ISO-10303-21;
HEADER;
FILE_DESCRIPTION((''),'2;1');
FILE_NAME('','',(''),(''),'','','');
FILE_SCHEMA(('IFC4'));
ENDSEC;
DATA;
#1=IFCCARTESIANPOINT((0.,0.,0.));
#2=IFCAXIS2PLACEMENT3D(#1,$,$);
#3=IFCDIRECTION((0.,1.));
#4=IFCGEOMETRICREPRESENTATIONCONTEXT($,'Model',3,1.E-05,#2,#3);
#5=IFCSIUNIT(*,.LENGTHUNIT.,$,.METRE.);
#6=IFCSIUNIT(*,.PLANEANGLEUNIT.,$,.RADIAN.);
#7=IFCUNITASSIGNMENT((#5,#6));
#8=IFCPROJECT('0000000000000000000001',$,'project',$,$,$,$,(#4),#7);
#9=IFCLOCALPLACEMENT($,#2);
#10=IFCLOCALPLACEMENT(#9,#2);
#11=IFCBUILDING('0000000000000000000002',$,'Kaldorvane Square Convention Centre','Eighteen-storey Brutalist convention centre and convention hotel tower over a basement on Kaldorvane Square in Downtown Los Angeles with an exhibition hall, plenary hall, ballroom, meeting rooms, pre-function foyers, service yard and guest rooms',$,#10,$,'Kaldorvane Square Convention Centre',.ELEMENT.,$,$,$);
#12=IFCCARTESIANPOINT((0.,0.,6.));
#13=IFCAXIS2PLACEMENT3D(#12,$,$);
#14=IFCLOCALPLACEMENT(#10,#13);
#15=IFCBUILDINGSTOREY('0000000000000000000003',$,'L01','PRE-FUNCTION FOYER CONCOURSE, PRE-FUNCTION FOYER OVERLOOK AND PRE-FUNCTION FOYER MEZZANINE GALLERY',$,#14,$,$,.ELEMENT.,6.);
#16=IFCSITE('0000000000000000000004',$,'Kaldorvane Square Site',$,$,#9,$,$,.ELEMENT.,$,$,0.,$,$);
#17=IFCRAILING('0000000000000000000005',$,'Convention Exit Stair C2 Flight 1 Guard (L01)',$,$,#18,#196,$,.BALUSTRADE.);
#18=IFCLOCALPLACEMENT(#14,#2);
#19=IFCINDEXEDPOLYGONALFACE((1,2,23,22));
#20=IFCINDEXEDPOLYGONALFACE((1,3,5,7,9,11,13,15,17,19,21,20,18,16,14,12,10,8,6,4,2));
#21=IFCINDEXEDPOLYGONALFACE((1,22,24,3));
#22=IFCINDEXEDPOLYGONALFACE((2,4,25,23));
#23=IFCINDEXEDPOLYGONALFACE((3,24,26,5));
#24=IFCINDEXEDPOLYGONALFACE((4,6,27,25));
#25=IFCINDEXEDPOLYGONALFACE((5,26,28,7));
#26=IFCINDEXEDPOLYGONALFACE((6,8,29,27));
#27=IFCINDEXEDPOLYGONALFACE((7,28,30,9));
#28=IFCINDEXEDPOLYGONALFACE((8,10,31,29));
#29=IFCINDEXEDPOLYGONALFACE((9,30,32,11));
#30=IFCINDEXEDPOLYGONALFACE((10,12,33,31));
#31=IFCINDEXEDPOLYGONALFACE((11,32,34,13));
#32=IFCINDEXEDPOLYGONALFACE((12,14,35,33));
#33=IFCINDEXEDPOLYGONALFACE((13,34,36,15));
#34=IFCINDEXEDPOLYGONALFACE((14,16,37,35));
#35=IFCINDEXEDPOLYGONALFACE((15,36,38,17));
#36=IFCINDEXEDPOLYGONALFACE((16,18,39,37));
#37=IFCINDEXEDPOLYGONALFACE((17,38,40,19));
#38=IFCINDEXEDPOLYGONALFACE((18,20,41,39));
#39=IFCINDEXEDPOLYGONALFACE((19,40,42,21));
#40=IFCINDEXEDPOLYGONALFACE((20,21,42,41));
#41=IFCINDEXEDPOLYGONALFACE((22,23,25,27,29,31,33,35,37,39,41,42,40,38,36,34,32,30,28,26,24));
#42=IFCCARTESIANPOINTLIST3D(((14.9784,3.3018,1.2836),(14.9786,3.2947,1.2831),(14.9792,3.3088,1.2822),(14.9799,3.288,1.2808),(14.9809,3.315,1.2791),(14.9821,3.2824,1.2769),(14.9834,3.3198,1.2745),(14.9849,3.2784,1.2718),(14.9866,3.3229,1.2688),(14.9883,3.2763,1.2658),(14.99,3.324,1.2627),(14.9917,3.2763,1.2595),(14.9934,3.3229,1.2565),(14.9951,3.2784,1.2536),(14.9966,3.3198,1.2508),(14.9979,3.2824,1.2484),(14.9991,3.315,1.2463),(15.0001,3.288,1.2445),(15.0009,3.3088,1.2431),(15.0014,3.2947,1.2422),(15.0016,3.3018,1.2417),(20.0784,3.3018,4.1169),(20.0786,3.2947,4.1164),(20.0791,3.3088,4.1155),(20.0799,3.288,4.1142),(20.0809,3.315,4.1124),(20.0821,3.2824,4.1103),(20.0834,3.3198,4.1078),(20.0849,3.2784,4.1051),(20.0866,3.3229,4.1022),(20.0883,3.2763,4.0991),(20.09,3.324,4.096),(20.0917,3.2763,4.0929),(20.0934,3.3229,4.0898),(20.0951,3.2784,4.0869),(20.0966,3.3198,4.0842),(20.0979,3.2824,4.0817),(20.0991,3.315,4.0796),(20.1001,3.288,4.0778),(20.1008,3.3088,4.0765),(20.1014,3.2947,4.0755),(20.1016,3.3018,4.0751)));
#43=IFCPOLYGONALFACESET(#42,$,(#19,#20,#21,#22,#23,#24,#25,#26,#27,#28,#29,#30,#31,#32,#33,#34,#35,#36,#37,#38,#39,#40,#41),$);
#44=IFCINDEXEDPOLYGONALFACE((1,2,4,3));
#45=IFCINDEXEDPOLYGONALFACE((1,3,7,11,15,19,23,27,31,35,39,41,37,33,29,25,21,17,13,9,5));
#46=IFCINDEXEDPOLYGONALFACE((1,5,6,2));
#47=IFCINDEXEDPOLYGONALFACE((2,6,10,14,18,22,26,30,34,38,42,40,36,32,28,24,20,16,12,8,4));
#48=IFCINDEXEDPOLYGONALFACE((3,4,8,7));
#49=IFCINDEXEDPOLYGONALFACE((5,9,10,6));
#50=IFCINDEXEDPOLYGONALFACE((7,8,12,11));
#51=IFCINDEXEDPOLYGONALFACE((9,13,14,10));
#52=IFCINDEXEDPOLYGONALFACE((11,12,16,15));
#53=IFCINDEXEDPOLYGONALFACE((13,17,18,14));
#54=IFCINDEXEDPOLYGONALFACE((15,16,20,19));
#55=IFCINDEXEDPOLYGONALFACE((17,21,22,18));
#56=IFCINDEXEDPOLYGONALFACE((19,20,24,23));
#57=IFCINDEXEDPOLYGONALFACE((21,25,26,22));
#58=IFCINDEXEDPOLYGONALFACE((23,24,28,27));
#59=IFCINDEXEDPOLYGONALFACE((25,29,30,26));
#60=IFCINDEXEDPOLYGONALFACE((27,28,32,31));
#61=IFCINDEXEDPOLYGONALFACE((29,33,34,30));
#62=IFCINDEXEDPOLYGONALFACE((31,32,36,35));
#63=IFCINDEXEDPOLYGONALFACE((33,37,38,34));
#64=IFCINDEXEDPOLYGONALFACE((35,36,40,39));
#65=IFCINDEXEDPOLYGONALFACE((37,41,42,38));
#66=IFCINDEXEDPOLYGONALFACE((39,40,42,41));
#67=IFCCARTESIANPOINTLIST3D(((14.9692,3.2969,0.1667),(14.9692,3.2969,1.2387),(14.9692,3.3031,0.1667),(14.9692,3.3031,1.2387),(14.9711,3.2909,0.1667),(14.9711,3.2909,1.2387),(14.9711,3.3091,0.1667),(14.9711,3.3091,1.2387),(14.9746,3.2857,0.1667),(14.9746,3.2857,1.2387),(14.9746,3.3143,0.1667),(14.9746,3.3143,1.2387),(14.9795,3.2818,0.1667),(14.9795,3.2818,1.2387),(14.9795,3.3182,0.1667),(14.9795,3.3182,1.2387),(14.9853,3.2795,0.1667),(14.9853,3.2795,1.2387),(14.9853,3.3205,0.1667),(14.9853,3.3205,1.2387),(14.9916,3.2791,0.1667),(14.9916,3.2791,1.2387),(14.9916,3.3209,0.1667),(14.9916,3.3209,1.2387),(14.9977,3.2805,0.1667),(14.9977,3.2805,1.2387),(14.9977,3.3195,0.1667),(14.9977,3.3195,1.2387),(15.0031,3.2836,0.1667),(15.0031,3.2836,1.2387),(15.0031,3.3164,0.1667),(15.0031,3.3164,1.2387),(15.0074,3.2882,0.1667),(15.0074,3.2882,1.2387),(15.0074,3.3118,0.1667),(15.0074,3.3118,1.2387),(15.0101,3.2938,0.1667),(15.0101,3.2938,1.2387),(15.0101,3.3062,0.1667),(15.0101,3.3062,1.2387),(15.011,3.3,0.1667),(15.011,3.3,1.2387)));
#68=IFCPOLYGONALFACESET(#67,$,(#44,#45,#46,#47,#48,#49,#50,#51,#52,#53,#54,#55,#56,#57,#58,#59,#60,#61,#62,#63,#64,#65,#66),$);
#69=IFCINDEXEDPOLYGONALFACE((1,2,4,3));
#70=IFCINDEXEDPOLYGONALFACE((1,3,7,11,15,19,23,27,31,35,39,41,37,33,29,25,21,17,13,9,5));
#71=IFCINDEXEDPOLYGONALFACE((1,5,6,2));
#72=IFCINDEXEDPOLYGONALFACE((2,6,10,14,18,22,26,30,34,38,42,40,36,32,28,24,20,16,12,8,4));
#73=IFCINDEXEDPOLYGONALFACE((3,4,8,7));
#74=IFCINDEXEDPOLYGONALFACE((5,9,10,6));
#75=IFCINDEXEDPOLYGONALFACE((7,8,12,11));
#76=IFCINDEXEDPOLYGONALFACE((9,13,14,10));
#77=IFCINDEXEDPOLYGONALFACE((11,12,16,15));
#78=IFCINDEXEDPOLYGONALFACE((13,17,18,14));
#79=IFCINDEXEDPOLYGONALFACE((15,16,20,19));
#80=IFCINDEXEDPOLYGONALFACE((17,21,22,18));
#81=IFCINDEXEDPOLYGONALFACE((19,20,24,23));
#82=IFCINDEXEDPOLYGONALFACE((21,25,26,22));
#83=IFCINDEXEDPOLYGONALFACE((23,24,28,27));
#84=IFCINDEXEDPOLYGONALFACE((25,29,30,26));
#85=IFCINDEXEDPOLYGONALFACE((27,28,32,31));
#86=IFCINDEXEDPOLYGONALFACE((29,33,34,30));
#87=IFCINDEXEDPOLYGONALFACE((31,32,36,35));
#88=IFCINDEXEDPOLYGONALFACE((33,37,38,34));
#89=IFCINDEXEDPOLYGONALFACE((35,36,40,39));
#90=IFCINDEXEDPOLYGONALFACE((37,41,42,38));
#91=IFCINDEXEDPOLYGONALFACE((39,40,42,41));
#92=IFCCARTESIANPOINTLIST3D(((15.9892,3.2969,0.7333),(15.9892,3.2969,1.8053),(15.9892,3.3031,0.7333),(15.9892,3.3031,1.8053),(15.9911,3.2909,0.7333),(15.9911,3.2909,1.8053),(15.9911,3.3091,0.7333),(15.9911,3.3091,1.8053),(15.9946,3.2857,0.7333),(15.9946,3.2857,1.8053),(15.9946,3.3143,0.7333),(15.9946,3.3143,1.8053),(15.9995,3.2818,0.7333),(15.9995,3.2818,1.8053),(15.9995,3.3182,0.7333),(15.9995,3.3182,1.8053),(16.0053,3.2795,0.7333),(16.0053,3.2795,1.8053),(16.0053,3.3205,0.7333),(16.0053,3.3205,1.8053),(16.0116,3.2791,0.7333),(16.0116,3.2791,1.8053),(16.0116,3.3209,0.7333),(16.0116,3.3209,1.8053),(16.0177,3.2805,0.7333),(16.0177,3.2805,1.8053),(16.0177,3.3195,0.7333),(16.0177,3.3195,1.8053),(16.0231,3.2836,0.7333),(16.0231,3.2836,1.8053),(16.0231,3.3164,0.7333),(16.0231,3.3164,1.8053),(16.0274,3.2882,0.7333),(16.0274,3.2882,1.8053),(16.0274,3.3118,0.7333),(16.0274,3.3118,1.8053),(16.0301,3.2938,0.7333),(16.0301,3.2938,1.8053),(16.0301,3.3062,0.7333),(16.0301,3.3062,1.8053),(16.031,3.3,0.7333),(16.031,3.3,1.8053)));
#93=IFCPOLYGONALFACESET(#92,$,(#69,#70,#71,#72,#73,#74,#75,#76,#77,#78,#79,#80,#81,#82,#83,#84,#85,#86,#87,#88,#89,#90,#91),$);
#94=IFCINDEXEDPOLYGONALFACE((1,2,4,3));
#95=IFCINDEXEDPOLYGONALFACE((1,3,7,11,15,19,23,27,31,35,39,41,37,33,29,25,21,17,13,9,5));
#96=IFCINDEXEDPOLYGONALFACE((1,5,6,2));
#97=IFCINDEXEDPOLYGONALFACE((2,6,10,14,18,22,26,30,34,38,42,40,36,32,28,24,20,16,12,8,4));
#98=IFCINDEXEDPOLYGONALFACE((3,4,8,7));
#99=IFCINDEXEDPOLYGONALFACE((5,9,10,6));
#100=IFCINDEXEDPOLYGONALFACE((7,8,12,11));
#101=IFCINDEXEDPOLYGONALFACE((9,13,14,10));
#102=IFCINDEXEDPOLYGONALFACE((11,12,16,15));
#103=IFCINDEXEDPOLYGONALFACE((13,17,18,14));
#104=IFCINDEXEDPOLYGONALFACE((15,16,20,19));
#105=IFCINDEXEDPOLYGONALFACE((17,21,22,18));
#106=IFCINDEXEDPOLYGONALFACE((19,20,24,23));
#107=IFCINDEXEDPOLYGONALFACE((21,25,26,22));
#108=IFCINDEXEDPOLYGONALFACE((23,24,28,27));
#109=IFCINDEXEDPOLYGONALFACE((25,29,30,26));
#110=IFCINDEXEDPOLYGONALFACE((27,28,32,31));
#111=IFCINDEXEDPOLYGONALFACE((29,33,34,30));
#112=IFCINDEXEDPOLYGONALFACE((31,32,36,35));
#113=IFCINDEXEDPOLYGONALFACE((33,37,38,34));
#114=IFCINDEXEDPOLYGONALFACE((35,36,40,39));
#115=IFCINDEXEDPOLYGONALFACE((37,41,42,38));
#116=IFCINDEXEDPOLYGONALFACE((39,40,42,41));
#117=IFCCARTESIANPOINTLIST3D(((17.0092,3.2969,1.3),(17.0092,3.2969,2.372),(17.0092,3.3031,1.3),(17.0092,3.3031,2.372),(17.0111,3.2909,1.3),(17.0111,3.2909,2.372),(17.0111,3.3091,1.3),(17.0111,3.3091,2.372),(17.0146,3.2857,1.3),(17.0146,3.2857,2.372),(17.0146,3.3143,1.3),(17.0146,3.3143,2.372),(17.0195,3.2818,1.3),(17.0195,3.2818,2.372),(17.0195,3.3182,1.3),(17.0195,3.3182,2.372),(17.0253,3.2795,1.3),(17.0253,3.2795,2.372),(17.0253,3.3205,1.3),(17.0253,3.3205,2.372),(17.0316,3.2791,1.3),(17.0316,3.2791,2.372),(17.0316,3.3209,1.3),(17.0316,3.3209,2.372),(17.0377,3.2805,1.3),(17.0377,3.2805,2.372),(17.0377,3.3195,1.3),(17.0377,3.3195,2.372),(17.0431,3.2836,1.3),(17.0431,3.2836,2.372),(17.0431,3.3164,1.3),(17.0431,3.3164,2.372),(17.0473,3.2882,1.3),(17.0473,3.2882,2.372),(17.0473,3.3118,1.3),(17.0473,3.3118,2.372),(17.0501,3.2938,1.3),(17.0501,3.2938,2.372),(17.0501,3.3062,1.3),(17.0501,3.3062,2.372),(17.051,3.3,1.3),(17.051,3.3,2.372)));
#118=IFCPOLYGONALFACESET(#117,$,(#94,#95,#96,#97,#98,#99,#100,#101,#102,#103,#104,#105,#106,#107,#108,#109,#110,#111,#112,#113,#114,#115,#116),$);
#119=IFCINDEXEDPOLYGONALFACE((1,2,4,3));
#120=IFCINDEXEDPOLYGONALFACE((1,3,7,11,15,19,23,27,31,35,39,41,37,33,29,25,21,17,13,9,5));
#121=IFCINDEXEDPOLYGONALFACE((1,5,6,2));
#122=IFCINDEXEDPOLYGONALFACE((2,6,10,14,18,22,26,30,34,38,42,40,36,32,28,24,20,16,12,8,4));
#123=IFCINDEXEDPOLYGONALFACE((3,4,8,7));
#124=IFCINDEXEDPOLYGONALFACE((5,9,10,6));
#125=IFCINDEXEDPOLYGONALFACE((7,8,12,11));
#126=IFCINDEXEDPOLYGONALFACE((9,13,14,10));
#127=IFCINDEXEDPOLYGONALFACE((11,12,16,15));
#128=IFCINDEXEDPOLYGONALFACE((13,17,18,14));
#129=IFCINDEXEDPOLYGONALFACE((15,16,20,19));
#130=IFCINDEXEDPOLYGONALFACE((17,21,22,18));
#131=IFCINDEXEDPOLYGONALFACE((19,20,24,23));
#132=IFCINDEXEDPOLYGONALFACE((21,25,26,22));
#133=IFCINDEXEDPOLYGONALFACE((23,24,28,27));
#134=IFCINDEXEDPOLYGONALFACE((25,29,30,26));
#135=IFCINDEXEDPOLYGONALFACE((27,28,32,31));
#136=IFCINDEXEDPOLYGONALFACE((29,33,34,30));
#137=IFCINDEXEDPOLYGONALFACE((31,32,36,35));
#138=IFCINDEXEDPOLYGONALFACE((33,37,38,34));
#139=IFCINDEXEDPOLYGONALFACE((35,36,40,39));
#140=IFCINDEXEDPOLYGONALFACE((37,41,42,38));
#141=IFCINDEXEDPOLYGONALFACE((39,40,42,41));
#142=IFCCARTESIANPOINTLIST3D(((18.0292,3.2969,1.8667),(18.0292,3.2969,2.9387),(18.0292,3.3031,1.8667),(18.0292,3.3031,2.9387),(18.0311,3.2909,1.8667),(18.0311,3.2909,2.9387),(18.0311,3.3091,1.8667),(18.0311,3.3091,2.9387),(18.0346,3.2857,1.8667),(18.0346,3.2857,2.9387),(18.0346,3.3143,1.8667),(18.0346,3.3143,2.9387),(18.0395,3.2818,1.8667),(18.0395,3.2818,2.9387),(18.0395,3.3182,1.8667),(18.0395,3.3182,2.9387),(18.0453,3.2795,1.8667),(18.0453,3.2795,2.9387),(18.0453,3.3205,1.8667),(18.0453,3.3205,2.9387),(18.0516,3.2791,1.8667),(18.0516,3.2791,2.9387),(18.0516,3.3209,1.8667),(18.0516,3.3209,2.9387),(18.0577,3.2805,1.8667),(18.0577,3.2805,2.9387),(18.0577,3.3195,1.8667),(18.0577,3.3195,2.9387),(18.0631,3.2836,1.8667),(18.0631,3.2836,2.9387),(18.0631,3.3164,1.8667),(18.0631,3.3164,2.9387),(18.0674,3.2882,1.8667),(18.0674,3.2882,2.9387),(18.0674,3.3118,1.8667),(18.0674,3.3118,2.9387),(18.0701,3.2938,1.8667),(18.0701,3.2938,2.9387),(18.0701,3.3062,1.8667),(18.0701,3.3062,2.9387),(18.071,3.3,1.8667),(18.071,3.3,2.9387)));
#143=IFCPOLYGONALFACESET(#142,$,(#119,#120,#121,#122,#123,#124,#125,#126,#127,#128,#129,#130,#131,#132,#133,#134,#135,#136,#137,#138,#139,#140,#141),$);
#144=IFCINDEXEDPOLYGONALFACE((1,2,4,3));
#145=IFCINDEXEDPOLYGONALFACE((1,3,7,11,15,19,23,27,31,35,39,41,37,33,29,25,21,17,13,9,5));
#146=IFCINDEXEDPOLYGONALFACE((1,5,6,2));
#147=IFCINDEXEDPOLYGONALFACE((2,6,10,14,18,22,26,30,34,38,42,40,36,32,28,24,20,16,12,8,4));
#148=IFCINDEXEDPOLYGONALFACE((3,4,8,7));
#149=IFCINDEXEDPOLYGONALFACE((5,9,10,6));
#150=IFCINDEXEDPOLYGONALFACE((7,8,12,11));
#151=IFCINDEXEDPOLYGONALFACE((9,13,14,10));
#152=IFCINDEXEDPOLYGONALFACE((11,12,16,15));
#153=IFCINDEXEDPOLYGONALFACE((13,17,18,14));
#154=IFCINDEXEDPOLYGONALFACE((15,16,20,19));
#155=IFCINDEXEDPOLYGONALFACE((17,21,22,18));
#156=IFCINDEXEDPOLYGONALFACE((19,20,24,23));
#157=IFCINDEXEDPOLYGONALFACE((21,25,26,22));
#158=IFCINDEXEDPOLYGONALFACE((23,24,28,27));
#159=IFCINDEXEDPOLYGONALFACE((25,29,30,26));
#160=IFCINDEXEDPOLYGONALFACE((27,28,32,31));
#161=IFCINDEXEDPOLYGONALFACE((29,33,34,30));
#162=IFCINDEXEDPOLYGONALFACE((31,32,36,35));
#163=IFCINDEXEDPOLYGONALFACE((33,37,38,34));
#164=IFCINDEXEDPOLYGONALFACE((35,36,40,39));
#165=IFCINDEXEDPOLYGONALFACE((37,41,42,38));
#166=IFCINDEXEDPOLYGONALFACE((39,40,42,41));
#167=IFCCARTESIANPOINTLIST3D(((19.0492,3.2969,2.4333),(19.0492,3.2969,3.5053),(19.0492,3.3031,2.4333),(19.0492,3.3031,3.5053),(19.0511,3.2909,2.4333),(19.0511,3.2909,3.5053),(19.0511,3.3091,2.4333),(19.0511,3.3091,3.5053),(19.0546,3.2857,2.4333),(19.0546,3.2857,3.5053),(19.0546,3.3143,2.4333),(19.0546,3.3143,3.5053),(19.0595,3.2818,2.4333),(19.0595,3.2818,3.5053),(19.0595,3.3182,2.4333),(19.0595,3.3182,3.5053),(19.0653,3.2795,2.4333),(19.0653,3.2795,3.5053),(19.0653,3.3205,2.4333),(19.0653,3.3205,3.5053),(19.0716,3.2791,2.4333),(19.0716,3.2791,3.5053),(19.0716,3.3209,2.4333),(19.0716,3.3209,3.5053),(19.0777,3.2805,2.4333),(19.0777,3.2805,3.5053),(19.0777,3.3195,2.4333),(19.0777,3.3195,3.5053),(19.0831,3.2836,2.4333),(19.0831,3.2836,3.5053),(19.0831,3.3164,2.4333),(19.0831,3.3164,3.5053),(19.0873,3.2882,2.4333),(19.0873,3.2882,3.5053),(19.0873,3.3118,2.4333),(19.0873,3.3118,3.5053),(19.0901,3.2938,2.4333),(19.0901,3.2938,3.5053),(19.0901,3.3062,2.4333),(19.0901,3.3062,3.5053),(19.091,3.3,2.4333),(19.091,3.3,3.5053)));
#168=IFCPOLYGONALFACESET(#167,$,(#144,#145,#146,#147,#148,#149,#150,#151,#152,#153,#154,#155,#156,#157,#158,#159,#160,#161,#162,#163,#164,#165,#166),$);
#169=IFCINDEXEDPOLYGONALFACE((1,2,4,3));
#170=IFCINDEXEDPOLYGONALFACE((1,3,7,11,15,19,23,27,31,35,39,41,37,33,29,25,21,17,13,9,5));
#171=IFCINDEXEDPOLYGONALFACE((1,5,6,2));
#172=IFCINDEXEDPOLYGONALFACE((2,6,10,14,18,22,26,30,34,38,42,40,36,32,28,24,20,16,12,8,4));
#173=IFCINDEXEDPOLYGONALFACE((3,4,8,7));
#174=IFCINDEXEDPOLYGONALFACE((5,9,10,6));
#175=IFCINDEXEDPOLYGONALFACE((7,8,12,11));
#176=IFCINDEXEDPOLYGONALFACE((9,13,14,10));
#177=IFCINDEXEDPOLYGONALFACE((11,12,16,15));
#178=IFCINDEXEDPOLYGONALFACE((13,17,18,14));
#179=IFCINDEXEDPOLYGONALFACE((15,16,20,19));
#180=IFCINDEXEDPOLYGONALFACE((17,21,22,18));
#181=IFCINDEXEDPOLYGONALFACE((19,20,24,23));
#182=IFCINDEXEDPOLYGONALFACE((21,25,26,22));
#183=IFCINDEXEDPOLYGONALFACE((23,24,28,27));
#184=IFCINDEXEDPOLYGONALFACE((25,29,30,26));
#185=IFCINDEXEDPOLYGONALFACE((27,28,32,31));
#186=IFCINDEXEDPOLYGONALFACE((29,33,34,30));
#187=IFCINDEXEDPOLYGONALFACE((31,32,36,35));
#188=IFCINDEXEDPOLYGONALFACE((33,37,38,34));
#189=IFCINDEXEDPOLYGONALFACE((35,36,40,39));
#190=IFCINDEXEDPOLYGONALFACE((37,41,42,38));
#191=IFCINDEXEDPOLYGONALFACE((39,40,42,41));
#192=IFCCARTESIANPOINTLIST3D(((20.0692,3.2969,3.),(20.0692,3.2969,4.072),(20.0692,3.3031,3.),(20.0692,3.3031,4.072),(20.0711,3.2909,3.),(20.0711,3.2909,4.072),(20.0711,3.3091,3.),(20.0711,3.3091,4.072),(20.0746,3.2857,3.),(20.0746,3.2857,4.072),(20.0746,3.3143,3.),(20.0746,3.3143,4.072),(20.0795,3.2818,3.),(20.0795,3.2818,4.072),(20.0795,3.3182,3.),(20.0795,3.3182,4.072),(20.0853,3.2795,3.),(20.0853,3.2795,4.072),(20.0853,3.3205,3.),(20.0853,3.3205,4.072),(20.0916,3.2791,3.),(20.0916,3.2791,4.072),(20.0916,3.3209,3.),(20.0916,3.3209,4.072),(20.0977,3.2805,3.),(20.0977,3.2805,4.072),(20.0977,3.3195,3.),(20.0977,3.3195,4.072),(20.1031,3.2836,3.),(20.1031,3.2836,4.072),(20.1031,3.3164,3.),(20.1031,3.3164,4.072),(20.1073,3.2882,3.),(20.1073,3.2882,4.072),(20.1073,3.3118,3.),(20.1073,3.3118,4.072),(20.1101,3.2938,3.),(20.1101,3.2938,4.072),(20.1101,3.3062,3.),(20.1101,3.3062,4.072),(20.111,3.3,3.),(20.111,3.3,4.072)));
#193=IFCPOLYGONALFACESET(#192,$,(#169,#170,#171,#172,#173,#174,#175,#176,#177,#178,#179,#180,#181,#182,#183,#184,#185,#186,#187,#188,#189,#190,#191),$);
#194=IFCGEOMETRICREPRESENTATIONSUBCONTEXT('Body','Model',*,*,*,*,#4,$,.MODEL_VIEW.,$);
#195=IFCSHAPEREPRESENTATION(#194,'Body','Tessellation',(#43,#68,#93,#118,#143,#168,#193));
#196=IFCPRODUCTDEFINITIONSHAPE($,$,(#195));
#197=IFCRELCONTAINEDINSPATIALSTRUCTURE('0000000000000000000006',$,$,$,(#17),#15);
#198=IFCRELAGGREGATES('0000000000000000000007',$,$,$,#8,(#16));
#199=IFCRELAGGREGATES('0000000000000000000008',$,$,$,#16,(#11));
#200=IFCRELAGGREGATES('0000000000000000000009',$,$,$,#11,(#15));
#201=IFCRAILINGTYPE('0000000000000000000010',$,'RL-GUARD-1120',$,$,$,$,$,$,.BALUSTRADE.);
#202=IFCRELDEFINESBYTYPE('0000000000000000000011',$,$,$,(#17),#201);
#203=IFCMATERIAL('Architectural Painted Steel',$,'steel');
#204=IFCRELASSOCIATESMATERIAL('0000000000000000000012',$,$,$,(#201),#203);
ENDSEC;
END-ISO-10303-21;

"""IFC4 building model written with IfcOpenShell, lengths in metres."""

from ifc_helpers import new_model, si_unit, direction, frame, origin, origin_2d, place, context, subcontext, project, spatial, circle, extrude, material, type_object, element, save


model = new_model("IFC4")

# Units and contexts
model_context = context("Model", 3, precision=1e-05, world=origin(), true_north=direction((0.0, 1.0)))
body_context = subcontext(model_context, "Body", "Model", "MODEL_VIEW")
ifc_project = project(units=[si_unit("LENGTHUNIT", "METRE"), si_unit("PLANEANGLEUNIT", "RADIAN")], contexts=[model_context])

# Site, building, storey
site_placement = place(None, origin())
site = spatial("IfcSite", under=ifc_project, at=site_placement, Name="Kaldorvane Square Site", CompositionType="ELEMENT", RefElevation=0.0)
building_placement = place(site_placement, origin())
building = spatial("IfcBuilding", under=site, at=building_placement, Name="Kaldorvane Square Convention Centre", Description="Eighteen-storey Brutalist convention centre and convention hotel tower over a basement on Kaldorvane Square in Downtown Los Angeles with an exhibition hall, plenary hall, ballroom, meeting rooms, pre-function foyers, service yard and guest rooms", LongName="Kaldorvane Square Convention Centre", CompositionType="ELEMENT")
storey_placement = place(building_placement, frame((0.0, 0.0, 6.0)))
storey = spatial("IfcBuildingStorey", under=building, at=storey_placement, Name="L01", Description="PRE-FUNCTION FOYER CONCOURSE, PRE-FUNCTION FOYER OVERLOOK AND PRE-FUNCTION FOYER MEZZANINE GALLERY", CompositionType="ELEMENT", Elevation=6.0)

# Railing
ifc_material_1 = material(Name="Architectural Painted Steel", Category="steel")
railing_type_1 = type_object("IfcRailingType", Name="RL-GUARD-1120", PredefinedType="BALUSTRADE", material=ifc_material_1)
railing_1_placement = place(storey_placement, frame((14.99, 3.3, 0.1667)))
element("IfcRailing", 1, at=railing_1_placement, inside=storey, type_object=railing_type_1, Name="Convention Exit Stair C2 Flight 1 Guard (L01)", PredefinedType="BALUSTRADE", context=body_context, shape_type="SweptSolid", body=[
    extrude(circle(Radius=0.024, at=origin_2d()), frame((0.0, 0.0, 1.096), z_axis=(0.874157, 0.0, 0.485643), x_axis=(0.0, 1.0, 0.0)), (0.0, 0.0, 1.0), 5.8342),
    extrude(circle(Radius=0.021, at=origin_2d()), origin(), (0.0, 0.0, 1.0), 1.072),
    extrude(circle(Radius=0.021, at=origin_2d()), frame((1.02, 0.0, 0.5667)), (0.0, 0.0, 1.0), 1.072),
    extrude(circle(Radius=0.021, at=origin_2d()), frame((2.04, 0.0, 1.1333)), (0.0, 0.0, 1.0), 1.072),
    extrude(circle(Radius=0.021, at=origin_2d()), frame((3.06, 0.0, 1.7)), (0.0, 0.0, 1.0), 1.072),
    extrude(circle(Radius=0.021, at=origin_2d()), frame((4.08, 0.0, 2.2667)), (0.0, 0.0, 1.0), 1.072),
    extrude(circle(Radius=0.021, at=origin_2d()), frame((5.1, 0.0, 2.8333)), (0.0, 0.0, 1.0), 1.072),
])

save(model, "model.ifc")
